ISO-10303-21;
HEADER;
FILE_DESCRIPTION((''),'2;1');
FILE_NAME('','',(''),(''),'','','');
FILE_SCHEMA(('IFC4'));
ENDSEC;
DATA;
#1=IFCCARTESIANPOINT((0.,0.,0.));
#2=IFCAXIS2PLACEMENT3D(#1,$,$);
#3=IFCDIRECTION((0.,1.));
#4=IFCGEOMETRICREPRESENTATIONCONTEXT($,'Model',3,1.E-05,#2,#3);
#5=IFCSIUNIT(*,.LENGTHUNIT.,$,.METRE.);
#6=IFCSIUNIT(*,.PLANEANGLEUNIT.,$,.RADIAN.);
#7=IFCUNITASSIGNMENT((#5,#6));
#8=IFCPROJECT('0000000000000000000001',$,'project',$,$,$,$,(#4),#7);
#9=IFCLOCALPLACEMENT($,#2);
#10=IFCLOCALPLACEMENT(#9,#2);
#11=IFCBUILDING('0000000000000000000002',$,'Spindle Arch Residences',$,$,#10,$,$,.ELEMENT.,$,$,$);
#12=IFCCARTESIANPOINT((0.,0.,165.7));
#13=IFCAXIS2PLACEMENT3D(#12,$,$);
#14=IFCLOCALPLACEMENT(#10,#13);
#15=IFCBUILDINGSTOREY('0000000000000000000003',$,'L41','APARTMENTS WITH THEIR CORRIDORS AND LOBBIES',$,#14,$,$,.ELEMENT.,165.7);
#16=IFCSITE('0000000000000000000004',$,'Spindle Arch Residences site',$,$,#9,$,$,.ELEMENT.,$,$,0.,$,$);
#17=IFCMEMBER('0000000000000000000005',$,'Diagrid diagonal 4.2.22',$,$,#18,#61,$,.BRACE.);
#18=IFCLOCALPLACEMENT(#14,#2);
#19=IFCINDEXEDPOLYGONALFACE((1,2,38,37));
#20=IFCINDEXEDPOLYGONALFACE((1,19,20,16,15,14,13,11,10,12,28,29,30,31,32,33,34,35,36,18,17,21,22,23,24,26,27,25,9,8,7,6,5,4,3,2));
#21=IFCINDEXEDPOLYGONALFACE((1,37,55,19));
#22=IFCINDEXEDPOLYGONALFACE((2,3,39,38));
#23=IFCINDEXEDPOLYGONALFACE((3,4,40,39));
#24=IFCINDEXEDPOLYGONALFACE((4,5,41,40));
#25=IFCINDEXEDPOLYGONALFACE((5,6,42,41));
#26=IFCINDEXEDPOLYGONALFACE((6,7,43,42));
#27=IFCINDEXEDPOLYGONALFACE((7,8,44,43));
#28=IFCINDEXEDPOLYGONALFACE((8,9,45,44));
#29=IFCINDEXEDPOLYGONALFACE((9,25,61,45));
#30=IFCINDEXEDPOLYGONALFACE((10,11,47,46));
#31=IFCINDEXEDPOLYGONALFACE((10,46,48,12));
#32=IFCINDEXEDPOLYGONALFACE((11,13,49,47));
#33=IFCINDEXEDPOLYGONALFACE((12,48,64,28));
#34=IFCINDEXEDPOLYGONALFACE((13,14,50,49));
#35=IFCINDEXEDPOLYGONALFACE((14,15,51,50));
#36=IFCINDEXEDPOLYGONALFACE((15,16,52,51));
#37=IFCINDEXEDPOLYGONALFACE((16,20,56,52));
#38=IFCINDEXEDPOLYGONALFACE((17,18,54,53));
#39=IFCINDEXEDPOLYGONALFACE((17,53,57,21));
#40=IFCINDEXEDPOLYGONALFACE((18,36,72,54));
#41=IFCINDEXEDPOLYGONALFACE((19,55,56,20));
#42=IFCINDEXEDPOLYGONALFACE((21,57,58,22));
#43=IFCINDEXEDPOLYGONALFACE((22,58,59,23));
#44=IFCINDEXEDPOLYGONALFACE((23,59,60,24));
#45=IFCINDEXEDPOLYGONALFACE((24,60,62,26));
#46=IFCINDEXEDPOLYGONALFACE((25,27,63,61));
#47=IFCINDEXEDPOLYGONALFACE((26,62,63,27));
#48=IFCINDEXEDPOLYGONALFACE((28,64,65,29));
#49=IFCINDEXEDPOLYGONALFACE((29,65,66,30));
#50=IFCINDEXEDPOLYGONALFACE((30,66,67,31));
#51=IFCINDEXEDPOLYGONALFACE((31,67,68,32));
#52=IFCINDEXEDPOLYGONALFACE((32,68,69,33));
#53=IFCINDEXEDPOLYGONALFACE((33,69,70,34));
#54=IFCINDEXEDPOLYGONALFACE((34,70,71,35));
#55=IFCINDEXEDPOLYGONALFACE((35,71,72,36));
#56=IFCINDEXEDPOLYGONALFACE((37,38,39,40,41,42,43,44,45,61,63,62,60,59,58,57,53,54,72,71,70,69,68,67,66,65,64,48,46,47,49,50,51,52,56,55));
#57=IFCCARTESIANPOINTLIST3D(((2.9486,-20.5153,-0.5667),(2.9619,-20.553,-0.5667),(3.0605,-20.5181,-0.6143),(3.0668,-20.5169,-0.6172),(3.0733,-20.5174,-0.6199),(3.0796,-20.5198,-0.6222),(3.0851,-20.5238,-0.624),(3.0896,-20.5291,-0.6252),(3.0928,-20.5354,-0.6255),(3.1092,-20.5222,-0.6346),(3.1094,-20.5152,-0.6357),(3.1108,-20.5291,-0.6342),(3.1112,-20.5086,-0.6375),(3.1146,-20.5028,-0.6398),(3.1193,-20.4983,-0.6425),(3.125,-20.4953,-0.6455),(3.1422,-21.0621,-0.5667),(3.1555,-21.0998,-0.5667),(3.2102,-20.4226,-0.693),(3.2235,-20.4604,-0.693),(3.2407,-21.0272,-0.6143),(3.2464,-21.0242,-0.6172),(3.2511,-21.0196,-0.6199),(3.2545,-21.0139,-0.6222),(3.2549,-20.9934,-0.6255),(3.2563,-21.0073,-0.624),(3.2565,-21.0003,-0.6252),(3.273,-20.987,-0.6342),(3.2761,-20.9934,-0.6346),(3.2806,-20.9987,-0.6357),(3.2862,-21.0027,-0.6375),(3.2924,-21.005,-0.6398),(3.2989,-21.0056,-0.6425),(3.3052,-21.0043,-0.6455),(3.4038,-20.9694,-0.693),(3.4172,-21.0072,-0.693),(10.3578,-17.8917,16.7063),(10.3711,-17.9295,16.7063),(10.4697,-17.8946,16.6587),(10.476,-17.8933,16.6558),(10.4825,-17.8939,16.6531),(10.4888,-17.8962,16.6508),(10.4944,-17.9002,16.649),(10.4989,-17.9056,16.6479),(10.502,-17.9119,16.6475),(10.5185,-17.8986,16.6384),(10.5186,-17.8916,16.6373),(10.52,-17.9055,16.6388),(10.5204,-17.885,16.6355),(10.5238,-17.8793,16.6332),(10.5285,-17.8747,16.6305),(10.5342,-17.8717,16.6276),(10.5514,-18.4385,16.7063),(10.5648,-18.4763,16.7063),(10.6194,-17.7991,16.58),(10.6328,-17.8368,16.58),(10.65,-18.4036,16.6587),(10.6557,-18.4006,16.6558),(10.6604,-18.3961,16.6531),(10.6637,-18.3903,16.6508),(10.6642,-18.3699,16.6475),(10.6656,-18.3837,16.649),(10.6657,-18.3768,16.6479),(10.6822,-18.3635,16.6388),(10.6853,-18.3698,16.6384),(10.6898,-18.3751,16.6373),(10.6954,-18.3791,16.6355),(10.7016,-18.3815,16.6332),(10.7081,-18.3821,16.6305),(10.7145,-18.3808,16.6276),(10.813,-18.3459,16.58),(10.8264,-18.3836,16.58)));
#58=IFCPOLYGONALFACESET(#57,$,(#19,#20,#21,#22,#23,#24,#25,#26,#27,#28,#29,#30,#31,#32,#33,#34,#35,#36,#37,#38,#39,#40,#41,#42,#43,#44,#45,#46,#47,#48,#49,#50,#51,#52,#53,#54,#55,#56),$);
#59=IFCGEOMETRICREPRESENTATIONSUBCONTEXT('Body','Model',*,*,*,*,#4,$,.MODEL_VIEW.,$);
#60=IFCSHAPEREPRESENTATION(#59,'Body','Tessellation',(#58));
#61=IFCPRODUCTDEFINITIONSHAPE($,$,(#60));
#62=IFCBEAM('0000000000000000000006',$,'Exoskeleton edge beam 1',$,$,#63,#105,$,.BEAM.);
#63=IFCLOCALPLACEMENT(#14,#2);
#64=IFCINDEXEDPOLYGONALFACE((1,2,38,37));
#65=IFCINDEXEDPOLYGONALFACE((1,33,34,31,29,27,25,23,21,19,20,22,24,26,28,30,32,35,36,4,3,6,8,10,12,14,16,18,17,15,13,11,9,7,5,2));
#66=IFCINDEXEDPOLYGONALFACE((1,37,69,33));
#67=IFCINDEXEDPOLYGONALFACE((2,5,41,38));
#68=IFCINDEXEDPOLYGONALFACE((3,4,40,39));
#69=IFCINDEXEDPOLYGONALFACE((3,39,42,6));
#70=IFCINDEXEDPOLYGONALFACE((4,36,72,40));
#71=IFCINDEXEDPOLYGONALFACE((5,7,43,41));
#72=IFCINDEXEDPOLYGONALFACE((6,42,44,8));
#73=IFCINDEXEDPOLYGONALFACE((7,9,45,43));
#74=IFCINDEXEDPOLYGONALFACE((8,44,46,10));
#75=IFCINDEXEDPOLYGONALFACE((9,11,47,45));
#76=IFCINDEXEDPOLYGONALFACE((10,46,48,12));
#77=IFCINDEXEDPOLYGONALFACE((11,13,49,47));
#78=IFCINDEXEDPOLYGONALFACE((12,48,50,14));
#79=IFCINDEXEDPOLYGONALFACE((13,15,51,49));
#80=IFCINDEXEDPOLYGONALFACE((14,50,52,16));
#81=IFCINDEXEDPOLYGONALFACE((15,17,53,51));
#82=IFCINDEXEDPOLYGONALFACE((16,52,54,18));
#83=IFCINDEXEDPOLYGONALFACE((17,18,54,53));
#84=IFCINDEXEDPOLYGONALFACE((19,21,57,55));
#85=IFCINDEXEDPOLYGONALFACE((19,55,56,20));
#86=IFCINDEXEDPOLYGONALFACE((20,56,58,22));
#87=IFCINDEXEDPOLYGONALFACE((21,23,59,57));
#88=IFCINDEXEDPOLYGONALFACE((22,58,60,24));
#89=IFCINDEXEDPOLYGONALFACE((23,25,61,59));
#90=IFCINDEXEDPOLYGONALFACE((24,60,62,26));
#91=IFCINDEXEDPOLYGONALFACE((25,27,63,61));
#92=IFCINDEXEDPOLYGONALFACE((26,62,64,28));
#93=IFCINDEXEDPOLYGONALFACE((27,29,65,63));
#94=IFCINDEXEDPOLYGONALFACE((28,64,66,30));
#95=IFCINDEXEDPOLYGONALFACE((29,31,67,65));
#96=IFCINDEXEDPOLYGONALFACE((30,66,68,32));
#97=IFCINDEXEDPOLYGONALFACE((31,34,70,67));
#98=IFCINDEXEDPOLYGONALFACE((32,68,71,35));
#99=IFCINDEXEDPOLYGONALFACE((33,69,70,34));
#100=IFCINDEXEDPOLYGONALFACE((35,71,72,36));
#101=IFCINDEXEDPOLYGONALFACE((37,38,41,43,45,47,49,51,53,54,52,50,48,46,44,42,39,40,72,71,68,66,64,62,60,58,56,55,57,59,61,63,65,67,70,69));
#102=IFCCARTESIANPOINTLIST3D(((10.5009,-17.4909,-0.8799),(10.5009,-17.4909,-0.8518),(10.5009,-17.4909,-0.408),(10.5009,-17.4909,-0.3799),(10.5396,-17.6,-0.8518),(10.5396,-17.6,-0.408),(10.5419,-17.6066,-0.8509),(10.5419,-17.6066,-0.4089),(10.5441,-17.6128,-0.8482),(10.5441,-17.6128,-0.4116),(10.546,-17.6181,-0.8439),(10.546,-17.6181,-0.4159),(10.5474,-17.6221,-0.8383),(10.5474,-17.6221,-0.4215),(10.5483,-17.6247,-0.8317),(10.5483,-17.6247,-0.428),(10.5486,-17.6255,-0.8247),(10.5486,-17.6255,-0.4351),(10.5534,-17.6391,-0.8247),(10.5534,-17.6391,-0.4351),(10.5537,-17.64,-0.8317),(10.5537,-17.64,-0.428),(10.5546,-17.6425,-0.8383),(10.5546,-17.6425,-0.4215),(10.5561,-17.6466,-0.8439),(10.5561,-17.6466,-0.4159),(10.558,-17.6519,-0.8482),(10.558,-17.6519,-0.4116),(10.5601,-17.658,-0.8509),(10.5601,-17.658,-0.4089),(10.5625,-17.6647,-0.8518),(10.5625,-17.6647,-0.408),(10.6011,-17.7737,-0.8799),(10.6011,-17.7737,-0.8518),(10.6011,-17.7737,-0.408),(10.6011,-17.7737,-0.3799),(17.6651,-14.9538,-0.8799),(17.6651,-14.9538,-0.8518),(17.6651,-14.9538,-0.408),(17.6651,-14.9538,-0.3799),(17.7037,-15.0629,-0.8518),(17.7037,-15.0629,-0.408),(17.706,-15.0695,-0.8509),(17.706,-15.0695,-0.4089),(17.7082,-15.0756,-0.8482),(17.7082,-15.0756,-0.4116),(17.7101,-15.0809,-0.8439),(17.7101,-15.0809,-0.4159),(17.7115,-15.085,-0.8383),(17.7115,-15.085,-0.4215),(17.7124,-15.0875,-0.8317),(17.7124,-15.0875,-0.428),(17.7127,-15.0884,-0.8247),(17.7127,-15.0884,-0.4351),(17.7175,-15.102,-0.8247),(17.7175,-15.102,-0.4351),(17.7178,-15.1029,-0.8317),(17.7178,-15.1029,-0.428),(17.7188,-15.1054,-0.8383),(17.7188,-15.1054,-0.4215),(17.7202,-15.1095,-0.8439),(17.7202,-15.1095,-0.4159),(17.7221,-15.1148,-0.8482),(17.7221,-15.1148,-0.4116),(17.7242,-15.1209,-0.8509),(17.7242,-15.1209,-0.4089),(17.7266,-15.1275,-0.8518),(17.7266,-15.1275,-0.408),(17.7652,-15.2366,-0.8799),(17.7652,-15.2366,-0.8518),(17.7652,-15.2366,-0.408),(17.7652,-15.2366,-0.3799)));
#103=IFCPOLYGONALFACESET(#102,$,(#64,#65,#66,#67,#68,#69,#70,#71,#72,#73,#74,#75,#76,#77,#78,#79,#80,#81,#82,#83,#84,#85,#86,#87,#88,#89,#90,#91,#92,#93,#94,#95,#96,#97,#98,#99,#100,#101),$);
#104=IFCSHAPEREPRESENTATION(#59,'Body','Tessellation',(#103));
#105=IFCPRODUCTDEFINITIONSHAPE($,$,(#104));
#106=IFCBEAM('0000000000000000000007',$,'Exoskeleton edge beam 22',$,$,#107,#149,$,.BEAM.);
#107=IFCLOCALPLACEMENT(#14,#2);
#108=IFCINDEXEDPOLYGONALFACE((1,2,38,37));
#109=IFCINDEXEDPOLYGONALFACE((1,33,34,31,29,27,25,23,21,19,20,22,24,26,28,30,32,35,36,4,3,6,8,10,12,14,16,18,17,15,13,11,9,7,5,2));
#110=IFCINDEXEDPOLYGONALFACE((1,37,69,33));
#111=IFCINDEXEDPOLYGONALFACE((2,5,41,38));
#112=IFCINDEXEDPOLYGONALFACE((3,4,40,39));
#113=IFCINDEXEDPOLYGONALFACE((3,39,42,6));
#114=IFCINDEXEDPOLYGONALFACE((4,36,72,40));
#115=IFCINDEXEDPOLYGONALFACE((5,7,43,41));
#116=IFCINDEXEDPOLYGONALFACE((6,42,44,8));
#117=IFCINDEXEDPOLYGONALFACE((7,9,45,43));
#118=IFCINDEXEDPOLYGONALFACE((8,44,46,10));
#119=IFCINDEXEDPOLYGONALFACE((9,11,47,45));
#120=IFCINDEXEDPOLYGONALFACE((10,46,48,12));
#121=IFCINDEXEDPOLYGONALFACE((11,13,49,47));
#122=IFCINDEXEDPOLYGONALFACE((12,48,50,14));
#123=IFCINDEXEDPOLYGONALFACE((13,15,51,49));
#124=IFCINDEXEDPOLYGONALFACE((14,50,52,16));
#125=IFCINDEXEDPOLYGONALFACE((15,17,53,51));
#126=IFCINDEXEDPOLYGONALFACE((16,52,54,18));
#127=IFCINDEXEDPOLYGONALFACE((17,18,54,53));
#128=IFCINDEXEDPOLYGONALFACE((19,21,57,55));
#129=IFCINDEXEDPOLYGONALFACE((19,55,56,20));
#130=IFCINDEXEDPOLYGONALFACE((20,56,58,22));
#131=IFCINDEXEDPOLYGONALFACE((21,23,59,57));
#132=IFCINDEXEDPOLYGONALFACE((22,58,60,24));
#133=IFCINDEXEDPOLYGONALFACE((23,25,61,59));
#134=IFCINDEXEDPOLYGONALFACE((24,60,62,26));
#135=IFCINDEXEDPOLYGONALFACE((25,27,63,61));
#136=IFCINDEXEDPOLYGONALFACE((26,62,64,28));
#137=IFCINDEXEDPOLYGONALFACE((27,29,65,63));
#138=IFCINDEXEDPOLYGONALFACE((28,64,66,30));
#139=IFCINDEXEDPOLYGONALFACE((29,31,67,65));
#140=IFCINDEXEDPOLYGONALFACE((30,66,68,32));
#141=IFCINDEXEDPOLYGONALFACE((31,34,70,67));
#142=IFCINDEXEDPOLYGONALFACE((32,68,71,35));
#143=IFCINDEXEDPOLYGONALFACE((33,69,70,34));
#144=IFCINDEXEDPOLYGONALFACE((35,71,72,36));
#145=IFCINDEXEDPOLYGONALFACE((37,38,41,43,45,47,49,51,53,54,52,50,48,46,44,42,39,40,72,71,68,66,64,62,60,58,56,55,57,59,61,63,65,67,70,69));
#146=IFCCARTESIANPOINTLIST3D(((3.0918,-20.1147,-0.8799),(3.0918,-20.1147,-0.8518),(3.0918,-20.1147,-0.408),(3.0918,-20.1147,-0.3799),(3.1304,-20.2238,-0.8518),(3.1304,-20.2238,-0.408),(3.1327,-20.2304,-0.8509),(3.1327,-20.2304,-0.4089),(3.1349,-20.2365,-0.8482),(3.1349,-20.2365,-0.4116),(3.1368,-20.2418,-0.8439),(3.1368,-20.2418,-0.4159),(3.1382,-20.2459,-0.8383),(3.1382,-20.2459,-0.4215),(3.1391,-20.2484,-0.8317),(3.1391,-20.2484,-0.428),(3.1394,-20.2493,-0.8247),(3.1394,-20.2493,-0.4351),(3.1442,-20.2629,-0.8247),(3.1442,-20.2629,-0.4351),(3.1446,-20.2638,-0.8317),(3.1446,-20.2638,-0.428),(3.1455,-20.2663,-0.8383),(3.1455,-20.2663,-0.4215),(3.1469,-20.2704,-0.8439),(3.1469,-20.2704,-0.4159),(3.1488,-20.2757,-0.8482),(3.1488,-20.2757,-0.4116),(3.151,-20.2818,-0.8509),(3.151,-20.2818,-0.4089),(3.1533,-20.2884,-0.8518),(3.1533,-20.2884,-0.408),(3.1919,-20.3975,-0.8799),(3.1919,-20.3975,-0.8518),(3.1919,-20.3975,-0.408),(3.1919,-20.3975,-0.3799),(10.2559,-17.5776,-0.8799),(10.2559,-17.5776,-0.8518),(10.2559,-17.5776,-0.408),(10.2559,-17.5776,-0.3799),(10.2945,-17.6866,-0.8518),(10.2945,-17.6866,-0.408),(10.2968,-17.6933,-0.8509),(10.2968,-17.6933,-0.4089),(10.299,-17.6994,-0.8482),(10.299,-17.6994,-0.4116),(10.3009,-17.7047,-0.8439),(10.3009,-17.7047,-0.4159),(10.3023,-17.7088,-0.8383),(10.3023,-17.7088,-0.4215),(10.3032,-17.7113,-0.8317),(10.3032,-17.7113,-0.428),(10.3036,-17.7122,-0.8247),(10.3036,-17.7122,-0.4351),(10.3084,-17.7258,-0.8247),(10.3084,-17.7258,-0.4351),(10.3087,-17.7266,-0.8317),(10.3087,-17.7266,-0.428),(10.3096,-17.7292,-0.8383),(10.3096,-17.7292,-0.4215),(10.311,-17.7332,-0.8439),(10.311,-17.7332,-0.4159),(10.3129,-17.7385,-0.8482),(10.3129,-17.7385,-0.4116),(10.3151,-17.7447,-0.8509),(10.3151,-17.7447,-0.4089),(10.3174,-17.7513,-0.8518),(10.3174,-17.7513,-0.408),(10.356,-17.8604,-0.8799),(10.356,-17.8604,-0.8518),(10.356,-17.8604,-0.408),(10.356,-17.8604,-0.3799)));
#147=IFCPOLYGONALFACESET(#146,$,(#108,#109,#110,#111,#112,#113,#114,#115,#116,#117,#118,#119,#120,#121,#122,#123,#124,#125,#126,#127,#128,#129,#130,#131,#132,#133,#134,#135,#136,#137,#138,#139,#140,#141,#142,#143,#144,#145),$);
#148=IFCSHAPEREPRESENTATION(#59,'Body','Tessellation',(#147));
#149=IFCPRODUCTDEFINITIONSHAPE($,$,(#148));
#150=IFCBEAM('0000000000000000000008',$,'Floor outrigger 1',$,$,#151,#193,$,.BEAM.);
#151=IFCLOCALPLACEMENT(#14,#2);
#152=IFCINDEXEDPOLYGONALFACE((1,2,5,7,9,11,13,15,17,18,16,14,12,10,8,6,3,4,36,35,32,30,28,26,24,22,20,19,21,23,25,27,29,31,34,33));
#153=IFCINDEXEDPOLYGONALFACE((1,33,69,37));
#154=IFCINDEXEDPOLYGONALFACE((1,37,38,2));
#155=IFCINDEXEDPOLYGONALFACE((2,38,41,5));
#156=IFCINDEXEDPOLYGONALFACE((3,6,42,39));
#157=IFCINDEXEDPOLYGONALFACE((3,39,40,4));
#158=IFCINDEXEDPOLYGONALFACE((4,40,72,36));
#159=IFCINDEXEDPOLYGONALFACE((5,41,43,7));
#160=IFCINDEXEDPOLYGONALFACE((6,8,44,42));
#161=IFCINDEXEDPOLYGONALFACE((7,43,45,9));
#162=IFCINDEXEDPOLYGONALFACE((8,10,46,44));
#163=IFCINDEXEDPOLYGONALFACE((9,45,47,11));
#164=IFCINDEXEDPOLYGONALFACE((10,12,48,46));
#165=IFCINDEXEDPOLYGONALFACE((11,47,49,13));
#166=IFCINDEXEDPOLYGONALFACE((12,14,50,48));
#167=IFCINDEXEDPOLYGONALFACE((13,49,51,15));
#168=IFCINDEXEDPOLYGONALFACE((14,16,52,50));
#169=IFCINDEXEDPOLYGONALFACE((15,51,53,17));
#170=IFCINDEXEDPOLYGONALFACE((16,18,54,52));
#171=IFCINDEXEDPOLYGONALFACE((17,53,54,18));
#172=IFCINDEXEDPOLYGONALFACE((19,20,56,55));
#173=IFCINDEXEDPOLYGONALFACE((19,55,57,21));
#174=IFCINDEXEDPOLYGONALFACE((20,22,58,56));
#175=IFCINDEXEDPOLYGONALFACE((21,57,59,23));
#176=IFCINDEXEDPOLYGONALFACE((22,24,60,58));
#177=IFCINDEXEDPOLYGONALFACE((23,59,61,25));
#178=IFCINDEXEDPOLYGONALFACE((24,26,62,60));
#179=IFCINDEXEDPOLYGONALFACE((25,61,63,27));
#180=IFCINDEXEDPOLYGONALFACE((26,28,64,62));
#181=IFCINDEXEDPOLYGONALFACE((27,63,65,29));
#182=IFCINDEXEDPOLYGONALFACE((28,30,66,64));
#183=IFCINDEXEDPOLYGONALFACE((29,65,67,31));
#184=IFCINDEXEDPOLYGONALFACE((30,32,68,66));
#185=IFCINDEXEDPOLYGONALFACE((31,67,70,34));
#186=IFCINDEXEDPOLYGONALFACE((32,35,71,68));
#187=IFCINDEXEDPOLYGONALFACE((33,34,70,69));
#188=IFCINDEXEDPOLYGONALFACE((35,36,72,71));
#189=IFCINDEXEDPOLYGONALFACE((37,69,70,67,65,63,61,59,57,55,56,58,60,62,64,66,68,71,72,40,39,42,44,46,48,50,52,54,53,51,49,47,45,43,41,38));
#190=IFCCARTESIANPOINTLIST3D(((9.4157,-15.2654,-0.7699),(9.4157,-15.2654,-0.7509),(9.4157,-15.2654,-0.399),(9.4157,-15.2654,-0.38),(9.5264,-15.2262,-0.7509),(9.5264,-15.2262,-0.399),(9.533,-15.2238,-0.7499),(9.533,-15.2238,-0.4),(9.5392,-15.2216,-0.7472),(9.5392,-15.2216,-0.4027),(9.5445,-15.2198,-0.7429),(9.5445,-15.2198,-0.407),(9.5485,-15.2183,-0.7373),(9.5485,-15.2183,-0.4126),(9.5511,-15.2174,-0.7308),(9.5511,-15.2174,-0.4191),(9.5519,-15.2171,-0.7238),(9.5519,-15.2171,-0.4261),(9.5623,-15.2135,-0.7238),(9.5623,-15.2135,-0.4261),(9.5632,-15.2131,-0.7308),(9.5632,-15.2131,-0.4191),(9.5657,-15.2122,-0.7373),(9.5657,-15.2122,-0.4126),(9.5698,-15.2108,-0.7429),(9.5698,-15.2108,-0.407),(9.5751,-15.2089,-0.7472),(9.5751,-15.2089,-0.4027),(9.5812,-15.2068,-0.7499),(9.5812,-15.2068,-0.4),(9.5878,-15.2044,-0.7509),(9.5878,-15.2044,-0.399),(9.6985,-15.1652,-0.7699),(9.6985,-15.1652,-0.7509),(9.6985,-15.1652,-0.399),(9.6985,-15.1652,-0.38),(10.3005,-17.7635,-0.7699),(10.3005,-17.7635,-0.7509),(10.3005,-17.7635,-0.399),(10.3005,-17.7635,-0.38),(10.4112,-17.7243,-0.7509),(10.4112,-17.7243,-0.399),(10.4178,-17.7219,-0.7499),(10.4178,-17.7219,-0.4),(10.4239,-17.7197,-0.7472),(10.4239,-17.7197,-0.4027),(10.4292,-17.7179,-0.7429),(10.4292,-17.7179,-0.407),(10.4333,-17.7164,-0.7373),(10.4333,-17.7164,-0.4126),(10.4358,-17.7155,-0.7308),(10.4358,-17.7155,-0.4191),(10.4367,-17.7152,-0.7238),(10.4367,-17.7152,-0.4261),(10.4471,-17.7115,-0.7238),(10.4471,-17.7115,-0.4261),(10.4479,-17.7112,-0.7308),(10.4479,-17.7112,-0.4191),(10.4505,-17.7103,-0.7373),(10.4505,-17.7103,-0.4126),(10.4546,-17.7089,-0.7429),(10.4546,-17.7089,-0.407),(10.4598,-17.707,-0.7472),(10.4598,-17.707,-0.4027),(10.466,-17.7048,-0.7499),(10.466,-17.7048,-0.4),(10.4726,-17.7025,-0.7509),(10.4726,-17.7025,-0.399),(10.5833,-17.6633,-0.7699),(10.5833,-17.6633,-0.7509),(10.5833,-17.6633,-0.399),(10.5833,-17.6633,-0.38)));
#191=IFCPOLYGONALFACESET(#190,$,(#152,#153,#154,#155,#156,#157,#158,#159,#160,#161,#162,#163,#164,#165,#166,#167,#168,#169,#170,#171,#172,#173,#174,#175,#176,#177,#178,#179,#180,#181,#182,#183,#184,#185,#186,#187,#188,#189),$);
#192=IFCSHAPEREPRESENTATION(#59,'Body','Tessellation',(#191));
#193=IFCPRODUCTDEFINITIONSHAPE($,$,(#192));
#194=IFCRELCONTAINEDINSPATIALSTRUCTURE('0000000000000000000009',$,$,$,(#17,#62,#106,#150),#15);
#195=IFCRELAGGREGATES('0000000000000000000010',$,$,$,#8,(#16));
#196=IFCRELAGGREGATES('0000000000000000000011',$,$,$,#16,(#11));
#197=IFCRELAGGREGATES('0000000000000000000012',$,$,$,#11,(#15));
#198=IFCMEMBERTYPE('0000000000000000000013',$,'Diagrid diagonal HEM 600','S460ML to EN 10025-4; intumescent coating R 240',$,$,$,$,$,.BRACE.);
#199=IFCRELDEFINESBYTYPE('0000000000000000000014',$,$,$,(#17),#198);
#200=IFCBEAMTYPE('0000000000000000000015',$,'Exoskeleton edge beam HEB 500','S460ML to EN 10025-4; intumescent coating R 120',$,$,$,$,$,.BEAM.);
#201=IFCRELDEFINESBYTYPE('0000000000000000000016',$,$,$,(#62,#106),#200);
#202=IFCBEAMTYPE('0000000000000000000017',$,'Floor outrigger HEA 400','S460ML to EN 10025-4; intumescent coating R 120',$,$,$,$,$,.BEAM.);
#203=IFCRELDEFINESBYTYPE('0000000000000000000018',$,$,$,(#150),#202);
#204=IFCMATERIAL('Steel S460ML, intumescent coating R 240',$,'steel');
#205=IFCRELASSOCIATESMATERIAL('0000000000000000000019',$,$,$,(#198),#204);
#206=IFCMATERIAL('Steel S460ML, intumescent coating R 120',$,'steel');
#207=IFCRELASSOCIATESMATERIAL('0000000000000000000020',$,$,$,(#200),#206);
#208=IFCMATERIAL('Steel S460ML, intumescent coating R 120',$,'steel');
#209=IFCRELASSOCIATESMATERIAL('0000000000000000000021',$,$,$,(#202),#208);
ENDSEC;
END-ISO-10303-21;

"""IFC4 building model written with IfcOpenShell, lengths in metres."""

from ifc_helpers import new_model, si_unit, direction, frame, origin, origin_2d, place, context, subcontext, project, spatial, i_section, extrude, material, material_profile, profile_set, type_object, element, save


model = new_model("IFC4")

# Units and contexts
model_context = context("Model", 3, precision=1e-05, world=origin(), true_north=direction((0.0, 1.0)))
body_context = subcontext(model_context, "Body", "Model", "MODEL_VIEW")
ifc_project = project(units=[si_unit("LENGTHUNIT", "METRE"), si_unit("PLANEANGLEUNIT", "RADIAN")], contexts=[model_context])

# Site, building, storey
site_placement = place(None, origin())
site = spatial("IfcSite", under=ifc_project, at=site_placement, Name="Spindle Arch Residences site", CompositionType="ELEMENT", RefElevation=0.0)
building_placement = place(site_placement, origin())
building = spatial("IfcBuilding", under=site, at=building_placement, Name="Spindle Arch Residences", CompositionType="ELEMENT")
storey_placement = place(building_placement, frame((0.0, 0.0, 165.7)))
storey = spatial("IfcBuildingStorey", under=building, at=storey_placement, Name="L41", Description="APARTMENTS WITH THEIR CORRIDORS AND LOBBIES", CompositionType="ELEMENT", Elevation=165.7)

# Member
ifc_material_1 = material(Name="Steel S460ML, intumescent coating R 240", Category="steel")
ifc_material_profile_1 = material_profile(ifc_material_1, i_section(OverallWidth=0.3049, OverallDepth=0.6201, WebThickness=0.021, FlangeThickness=0.04, FilletRadius=0.0271, at=origin_2d()), Name="HEM 600")
ifc_profile_set_1 = profile_set([ifc_material_profile_1], Name="Steel S460ML, intumescent coating R 240")
member_type_1 = type_object("IfcMemberType", Name="Diagrid diagonal HEM 600", Description="S460ML to EN 10025-4; intumescent coating R 240", PredefinedType="BRACE", material=ifc_profile_set_1)
for number, where, z_axis, x_axis, name in (
    (1, (3.1829, -20.7612, -0.6299), (0.390426, 0.138247, 0.910195), (-0.857995, -0.30381, 0.414179), "Diagrid diagonal 4.2.22"),
):
    element("IfcMember", number, at=place(storey_placement, frame(where, z_axis=z_axis, x_axis=x_axis)), inside=storey, type_object=member_type_1, Name=name, PredefinedType="BRACE", context=body_context, shape_type="SweptSolid", body=[
        extrude(i_section(OverallWidth=0.3049, OverallDepth=0.6201, WebThickness=0.021, FlangeThickness=0.04, FilletRadius=0.0271, at=origin_2d()), origin(), (0.0, 0.0, 1.0), 18.9773),
    ])

# Beams
ifc_material_2 = material(Name="Steel S460ML, intumescent coating R 120", Category="steel")
ifc_material_profile_2 = material_profile(ifc_material_2, i_section(OverallWidth=0.3, OverallDepth=0.5, WebThickness=0.0144, FlangeThickness=0.0281, FilletRadius=0.0271, at=origin_2d()), Name="HEB 500")
ifc_profile_set_2 = profile_set([ifc_material_profile_2], Name="Steel S460ML, intumescent coating R 120")
beam_type_1 = type_object("IfcBeamType", Name="Exoskeleton edge beam HEB 500", Description="S460ML to EN 10025-4; intumescent coating R 120", PredefinedType="BEAM", material=ifc_profile_set_2)
for number, where, z_axis, x_axis, name in (
    (2, (10.551, -17.6323, -0.6299), (0.942634, 0.333828, 0.0), (-0.333828, 0.942634, 0.0), "Exoskeleton edge beam 1"),
    (3, (3.1418, -20.2561, -0.6299), (0.942634, 0.333828, 0.0), (-0.333828, 0.942634, 0.0), "Exoskeleton edge beam 22"),
):
    element("IfcBeam", number, at=place(storey_placement, frame(where, z_axis=z_axis, x_axis=x_axis)), inside=storey, type_object=beam_type_1, Name=name, PredefinedType="BEAM", context=body_context, shape_type="SweptSolid", body=[
        extrude(i_section(OverallWidth=0.3, OverallDepth=0.5, WebThickness=0.0144, FlangeThickness=0.0281, FilletRadius=0.0271, at=origin_2d()), origin(), (0.0, 0.0, 1.0), 7.6001),
    ])
ifc_material_3 = material(Name="Steel S460ML, intumescent coating R 120", Category="steel")
ifc_material_profile_3 = material_profile(ifc_material_3, i_section(OverallWidth=0.3, OverallDepth=0.3899, WebThickness=0.011, FlangeThickness=0.019, FilletRadius=0.0271, at=origin_2d()), Name="HEA 400")
ifc_profile_set_3 = profile_set([ifc_material_profile_3], Name="Steel S460ML, intumescent coating R 120")
beam_type_2 = type_object("IfcBeamType", Name="Floor outrigger HEA 400", Description="S460ML to EN 10025-4; intumescent coating R 120", PredefinedType="BEAM", material=ifc_profile_set_3)
for number, where, z_axis, x_axis, name in (
    (4, (10.4419, -17.7134, -0.575), (-0.333861, 0.942622, 0.0), (-0.942622, -0.333861, 0.0), "Floor outrigger 1"),
):
    element("IfcBeam", number, at=place(storey_placement, frame(where, z_axis=z_axis, x_axis=x_axis)), inside=storey, type_object=beam_type_2, Name=name, PredefinedType="BEAM", context=body_context, shape_type="SweptSolid", body=[
        extrude(i_section(OverallWidth=0.3, OverallDepth=0.3899, WebThickness=0.011, FlangeThickness=0.019, FilletRadius=0.0271, at=origin_2d()), origin(), (0.0, 0.0, 1.0), 2.6501),
    ])

save(model, "model.ifc")
